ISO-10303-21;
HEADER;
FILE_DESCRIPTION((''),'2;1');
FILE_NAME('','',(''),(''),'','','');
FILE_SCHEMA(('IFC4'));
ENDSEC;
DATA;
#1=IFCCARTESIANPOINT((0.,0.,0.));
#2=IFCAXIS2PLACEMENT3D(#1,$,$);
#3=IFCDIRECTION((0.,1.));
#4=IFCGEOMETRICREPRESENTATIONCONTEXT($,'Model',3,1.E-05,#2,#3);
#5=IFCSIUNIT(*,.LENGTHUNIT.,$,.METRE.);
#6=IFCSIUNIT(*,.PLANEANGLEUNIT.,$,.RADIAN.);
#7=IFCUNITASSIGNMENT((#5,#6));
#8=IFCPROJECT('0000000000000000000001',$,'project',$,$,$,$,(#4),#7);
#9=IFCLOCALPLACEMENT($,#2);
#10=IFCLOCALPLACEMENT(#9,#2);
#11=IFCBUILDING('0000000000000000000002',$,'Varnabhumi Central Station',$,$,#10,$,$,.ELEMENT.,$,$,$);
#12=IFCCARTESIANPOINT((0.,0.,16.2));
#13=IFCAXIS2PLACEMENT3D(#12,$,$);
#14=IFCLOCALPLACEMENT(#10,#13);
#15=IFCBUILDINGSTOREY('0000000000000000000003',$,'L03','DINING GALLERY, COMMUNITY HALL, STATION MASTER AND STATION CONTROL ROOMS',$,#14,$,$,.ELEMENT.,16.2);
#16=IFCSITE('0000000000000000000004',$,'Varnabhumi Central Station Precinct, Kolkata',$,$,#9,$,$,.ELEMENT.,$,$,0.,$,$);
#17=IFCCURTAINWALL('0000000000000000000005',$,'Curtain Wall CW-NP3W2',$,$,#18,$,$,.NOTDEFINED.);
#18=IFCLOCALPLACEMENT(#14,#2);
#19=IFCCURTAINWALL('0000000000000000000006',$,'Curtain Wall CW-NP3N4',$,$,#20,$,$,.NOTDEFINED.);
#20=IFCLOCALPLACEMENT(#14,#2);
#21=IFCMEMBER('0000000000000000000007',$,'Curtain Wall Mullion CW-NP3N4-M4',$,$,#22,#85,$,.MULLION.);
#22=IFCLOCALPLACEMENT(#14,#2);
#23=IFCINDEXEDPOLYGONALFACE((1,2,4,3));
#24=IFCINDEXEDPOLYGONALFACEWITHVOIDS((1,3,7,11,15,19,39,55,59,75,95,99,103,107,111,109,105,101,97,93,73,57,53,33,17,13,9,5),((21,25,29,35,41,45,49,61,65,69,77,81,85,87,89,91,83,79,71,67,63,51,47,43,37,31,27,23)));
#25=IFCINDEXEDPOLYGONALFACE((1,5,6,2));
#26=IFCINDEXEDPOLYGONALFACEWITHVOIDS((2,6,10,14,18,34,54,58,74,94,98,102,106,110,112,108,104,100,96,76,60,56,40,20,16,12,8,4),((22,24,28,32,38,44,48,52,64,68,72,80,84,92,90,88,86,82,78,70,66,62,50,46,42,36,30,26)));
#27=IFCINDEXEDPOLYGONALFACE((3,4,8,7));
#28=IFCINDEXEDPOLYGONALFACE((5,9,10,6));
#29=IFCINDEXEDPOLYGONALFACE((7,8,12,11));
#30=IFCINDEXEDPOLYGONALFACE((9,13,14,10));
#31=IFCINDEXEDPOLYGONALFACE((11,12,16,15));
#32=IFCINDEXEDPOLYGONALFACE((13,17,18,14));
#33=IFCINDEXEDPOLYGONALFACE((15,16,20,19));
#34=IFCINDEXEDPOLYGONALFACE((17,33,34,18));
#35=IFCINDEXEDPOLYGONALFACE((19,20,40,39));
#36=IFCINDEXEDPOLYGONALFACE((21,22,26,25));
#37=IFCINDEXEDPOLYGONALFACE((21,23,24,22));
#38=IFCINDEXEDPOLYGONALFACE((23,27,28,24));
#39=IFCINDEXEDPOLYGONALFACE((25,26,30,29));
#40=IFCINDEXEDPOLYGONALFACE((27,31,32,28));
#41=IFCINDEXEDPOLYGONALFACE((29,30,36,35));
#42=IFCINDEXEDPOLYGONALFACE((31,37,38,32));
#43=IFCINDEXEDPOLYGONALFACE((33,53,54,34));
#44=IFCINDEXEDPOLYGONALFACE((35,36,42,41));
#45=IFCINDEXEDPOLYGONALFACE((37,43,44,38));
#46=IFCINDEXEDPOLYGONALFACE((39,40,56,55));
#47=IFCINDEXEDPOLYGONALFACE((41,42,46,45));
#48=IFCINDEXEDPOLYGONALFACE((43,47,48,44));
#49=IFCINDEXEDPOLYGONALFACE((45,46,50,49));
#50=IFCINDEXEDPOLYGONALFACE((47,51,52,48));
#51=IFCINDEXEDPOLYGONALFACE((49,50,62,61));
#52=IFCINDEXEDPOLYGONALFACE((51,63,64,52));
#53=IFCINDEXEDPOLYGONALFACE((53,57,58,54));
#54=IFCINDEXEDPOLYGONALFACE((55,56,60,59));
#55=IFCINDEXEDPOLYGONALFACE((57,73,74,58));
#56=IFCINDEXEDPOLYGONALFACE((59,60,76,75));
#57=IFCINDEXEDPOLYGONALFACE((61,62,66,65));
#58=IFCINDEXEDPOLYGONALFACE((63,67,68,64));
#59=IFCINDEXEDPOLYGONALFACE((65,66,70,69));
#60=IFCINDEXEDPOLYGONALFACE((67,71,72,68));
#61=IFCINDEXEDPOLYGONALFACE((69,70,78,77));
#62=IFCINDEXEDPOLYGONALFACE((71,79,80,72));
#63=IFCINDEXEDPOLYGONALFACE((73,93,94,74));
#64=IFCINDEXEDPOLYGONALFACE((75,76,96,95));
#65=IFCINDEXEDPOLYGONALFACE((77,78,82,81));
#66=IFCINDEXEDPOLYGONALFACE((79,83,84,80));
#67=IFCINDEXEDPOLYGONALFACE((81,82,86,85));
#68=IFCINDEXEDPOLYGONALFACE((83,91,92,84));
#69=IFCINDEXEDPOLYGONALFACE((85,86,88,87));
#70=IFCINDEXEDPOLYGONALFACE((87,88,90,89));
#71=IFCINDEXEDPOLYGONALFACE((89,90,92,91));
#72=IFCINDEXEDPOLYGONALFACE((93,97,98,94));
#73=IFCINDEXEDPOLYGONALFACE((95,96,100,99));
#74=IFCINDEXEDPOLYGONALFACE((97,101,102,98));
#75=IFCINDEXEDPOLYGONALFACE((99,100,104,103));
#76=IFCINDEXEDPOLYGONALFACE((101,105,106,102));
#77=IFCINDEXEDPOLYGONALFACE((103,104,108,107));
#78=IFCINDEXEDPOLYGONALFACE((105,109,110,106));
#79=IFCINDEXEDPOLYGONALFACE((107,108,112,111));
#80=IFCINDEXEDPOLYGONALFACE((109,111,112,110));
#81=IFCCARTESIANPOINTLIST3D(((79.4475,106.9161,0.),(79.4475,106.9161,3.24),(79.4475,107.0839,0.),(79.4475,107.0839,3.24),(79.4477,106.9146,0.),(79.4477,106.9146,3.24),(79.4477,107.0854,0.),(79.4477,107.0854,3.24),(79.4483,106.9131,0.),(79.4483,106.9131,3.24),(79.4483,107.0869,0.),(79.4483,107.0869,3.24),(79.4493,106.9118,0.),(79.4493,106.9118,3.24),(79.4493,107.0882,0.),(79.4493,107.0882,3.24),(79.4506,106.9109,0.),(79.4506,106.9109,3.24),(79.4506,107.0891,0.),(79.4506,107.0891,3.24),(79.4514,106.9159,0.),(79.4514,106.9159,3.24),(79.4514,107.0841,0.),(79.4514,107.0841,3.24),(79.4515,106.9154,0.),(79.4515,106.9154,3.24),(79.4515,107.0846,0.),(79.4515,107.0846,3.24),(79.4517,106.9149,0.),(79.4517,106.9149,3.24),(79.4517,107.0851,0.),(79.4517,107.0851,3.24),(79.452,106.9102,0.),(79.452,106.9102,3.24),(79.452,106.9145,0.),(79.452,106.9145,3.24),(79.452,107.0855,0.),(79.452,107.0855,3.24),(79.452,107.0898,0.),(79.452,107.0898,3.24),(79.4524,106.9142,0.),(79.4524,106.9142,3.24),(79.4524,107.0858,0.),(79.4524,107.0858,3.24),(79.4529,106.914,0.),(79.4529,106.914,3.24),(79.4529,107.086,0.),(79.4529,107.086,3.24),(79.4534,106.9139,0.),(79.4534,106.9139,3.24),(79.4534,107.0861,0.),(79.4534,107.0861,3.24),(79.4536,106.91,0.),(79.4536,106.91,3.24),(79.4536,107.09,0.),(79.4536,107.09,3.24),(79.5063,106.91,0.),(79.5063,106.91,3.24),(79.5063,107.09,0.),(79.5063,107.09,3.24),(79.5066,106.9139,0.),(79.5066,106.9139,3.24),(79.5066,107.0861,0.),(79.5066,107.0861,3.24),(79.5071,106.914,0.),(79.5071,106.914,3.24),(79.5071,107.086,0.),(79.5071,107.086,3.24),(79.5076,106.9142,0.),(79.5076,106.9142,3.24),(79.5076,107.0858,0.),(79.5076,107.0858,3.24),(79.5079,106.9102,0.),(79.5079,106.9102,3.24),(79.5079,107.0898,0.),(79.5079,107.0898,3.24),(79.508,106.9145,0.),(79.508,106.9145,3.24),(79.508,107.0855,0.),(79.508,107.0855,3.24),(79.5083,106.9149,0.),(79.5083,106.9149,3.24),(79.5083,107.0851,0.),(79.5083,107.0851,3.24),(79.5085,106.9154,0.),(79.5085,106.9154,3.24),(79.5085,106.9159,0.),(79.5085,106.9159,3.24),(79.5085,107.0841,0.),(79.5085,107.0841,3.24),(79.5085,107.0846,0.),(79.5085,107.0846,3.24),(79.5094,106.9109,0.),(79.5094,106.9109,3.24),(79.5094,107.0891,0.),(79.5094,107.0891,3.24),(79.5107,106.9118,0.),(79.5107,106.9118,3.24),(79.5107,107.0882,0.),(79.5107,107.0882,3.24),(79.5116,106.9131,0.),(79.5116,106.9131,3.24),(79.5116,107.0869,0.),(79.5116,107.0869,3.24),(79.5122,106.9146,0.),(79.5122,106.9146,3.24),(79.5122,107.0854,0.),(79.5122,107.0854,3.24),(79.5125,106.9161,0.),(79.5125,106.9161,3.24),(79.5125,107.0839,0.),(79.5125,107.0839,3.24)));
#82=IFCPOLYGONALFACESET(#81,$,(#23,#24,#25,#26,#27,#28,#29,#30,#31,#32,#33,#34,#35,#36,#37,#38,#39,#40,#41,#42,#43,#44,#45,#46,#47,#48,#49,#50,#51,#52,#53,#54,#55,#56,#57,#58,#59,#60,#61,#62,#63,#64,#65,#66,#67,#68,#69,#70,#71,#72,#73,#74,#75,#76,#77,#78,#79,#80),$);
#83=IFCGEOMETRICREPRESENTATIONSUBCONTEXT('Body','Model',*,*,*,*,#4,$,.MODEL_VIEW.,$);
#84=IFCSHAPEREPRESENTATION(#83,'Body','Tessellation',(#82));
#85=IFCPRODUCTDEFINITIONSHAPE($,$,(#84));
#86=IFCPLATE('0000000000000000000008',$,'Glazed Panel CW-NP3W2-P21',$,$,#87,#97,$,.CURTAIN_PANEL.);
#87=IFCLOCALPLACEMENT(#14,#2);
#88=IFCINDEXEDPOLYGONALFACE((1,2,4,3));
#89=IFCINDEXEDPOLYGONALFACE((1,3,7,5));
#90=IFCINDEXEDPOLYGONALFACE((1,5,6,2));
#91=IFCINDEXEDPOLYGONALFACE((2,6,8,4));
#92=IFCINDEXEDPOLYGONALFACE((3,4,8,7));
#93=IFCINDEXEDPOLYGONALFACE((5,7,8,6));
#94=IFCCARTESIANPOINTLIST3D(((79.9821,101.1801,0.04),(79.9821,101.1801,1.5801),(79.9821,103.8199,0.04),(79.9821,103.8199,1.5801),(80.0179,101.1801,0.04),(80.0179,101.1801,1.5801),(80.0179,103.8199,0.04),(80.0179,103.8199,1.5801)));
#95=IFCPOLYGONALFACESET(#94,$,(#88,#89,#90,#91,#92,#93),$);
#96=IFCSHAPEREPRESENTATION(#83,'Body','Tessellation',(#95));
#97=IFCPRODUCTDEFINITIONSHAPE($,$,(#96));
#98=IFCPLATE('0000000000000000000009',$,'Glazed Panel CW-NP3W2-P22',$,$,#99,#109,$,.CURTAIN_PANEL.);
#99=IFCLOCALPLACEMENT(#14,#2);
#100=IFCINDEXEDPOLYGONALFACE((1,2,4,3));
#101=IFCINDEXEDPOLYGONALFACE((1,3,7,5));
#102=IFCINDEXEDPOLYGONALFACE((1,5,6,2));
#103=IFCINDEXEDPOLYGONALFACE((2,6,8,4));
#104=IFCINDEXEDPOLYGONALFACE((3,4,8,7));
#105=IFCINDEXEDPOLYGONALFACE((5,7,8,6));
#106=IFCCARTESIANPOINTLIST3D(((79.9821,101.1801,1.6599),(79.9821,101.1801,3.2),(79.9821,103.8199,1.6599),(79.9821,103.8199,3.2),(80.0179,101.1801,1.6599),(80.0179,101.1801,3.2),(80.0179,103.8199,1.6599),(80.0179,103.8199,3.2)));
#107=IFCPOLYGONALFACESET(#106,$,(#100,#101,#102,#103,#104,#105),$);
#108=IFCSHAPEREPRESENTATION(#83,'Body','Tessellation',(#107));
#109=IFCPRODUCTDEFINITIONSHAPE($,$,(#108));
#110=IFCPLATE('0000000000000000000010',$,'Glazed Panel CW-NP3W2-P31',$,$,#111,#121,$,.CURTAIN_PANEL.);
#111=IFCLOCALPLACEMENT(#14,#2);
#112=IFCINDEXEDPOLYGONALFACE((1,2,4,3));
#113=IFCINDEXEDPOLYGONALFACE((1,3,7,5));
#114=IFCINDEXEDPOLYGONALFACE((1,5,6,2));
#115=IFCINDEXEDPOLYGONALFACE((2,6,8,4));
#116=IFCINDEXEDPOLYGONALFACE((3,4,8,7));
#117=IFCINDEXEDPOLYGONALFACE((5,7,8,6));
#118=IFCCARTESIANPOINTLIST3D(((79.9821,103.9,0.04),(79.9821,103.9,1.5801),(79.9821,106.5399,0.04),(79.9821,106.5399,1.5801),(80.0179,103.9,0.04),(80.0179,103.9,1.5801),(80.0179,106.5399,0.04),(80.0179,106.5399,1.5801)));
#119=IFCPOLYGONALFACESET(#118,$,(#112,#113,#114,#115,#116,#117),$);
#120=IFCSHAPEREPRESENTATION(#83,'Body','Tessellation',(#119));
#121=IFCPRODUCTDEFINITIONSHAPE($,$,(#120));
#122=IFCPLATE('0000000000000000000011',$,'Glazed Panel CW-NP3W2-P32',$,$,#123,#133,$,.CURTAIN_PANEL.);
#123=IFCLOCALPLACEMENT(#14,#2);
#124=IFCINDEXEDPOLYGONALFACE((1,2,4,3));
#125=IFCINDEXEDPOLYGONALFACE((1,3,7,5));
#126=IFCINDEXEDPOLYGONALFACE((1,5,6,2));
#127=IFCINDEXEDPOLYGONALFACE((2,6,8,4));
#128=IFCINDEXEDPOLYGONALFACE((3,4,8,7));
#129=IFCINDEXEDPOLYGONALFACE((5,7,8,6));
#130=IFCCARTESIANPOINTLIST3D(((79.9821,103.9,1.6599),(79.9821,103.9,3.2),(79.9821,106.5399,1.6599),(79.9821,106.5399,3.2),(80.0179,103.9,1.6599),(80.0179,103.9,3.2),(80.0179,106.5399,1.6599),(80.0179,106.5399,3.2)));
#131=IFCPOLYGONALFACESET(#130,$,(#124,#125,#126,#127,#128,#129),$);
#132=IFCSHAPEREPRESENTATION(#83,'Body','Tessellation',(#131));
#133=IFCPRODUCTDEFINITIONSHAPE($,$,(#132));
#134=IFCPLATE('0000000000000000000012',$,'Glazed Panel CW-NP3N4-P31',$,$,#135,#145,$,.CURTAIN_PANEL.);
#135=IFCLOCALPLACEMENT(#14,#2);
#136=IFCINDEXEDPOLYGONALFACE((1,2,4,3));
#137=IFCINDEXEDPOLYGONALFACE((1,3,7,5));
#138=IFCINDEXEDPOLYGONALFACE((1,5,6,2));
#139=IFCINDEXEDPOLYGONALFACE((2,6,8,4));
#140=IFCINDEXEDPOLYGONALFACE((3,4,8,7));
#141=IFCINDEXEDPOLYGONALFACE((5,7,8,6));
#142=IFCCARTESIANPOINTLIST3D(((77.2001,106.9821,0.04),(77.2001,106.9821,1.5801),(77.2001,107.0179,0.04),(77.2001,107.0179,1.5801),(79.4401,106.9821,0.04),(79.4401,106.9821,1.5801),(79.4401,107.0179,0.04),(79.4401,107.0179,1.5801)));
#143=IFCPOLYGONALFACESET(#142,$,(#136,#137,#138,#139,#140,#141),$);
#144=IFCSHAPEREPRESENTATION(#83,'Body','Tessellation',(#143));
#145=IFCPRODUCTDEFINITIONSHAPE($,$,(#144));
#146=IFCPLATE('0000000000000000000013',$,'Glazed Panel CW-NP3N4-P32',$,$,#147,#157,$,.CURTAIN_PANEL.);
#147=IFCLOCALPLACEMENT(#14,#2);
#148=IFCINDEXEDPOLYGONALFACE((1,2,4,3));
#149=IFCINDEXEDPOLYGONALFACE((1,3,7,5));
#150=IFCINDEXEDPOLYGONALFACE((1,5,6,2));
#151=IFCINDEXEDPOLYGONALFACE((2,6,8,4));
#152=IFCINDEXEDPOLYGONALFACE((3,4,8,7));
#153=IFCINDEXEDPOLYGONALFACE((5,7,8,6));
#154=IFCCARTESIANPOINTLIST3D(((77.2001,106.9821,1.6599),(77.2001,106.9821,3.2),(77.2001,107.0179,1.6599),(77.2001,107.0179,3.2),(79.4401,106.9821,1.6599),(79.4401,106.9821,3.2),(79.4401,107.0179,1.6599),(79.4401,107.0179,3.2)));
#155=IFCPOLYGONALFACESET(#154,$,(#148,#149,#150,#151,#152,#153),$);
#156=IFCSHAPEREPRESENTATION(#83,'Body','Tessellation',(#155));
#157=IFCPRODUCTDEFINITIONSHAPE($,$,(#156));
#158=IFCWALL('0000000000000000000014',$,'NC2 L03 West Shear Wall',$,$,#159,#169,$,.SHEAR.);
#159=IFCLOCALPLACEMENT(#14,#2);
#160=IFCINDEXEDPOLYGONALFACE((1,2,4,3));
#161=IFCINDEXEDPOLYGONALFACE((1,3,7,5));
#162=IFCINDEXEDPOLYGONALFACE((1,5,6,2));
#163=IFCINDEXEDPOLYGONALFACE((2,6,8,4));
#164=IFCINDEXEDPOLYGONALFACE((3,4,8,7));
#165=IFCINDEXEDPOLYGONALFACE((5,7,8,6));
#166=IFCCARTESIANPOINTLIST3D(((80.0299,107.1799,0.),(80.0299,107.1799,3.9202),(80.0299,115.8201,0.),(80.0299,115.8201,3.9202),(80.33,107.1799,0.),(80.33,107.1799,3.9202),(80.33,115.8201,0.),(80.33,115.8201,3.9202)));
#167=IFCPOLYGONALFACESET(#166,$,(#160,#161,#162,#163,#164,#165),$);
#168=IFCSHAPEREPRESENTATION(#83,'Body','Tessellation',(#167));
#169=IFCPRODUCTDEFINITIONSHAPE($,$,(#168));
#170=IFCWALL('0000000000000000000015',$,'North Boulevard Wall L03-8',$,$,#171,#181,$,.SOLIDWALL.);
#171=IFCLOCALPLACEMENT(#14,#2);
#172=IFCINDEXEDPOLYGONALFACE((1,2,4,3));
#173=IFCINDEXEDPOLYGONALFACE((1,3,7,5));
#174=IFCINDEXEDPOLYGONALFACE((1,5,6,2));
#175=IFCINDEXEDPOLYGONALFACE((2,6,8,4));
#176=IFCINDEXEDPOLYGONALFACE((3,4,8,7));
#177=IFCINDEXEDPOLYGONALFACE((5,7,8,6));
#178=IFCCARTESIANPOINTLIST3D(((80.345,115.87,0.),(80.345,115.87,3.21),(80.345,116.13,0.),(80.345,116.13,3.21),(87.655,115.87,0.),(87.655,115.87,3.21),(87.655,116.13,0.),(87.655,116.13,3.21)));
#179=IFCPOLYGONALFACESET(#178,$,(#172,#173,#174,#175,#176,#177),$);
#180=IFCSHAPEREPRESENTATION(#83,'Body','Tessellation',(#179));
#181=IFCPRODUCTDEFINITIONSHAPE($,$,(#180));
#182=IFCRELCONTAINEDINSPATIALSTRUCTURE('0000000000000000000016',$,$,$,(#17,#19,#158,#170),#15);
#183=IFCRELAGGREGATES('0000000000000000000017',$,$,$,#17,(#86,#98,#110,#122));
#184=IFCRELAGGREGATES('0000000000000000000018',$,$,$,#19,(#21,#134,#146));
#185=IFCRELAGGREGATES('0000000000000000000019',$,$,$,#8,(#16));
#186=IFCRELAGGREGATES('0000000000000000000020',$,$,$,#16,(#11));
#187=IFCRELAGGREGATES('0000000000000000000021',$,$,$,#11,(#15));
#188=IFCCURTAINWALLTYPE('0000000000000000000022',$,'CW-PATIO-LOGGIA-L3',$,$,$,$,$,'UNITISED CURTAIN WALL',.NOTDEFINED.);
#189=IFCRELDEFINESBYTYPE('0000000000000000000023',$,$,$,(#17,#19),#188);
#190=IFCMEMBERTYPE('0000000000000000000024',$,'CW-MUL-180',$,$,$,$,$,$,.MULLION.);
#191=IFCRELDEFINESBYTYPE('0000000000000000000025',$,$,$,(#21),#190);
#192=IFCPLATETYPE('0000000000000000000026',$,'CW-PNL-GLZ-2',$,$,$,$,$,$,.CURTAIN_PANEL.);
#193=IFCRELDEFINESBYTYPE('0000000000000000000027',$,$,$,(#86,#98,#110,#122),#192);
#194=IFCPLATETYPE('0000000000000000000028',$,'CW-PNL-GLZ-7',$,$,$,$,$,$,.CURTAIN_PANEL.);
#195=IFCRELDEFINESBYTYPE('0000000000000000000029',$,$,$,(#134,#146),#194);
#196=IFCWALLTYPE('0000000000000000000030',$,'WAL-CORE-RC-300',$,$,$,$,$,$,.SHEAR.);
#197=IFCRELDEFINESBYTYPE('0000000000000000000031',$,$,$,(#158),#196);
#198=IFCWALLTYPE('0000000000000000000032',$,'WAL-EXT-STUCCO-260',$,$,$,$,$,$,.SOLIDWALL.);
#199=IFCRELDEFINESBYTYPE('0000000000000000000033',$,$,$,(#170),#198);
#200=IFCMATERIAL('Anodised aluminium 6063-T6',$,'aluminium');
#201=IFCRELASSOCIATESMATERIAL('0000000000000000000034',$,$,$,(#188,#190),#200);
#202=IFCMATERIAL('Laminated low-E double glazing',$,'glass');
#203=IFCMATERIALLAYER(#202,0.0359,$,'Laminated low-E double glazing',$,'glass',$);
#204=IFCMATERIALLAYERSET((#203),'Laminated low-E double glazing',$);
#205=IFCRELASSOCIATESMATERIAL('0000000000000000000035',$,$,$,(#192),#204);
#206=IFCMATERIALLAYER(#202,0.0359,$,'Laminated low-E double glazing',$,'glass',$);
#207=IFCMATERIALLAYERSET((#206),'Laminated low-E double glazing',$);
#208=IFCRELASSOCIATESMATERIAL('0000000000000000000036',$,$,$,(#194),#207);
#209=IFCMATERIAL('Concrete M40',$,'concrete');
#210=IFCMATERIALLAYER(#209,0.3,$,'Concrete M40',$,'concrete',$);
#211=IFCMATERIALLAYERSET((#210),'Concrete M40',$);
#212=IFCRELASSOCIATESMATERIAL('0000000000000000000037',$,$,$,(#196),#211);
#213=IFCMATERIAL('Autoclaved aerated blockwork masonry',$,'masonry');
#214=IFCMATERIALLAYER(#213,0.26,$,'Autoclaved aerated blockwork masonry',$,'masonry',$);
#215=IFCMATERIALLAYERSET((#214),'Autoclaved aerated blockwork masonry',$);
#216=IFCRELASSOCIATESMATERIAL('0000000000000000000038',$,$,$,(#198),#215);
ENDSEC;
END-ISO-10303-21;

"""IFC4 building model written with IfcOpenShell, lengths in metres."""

from ifc_helpers import new_model, si_unit, direction, frame, frame_2d, origin, origin_2d, place, context, subcontext, project, spatial, rectangle, hollow_rectangle, extrude, material, layer, layer_set, material_profile, profile_set, type_object, element, aggregate, save


model = new_model("IFC4")

# Units and contexts
model_context = context("Model", 3, precision=1e-05, world=origin(), true_north=direction((0.0, 1.0)))
body_context = subcontext(model_context, "Body", "Model", "MODEL_VIEW")
ifc_project = project(units=[si_unit("LENGTHUNIT", "METRE"), si_unit("PLANEANGLEUNIT", "RADIAN")], contexts=[model_context])

# Site, building, storey
site_placement = place(None, origin())
site = spatial("IfcSite", under=ifc_project, at=site_placement, Name="Varnabhumi Central Station Precinct, Kolkata", CompositionType="ELEMENT", RefElevation=0.0)
building_placement = place(site_placement, origin())
building = spatial("IfcBuilding", under=site, at=building_placement, Name="Varnabhumi Central Station", CompositionType="ELEMENT")
storey_placement = place(building_placement, frame((0.0, 0.0, 16.2)))
storey = spatial("IfcBuildingStorey", under=building, at=storey_placement, Name="L03", Description="DINING GALLERY, COMMUNITY HALL, STATION MASTER AND STATION CONTROL ROOMS", CompositionType="ELEMENT", Elevation=16.2)

# Shared definitions
ifc_material_1 = material(Name="Concrete M40", Category="concrete")

# Curtain walls, member
ifc_material_2 = material(Name="Anodised aluminium 6063-T6", Category="aluminium")
curtain_wall_type = type_object("IfcCurtainWallType", Name="CW-PATIO-LOGGIA-L3", ElementType="UNITISED CURTAIN WALL", PredefinedType="NOTDEFINED", material=ifc_material_2)
curtain_wall_1_placement = place(storey_placement, origin())
curtain_wall_1 = element("IfcCurtainWall", 1, at=curtain_wall_1_placement, inside=storey, type_object=curtain_wall_type, Name="Curtain Wall CW-NP3W2", PredefinedType="NOTDEFINED")
ifc_material_profile_1 = material_profile(ifc_material_2, hollow_rectangle(XDim=0.0649, YDim=0.1799, WallThickness=0.0039, InnerFilletRadius=0.002, OuterFilletRadius=0.0061, at=origin_2d()), Name="Anodised aluminium 6063-T6", Category="aluminium")
ifc_profile_set_1 = profile_set([ifc_material_profile_1], Name="Anodised aluminium 6063-T6")
member_type = type_object("IfcMemberType", Name="CW-MUL-180", PredefinedType="MULLION", material=ifc_profile_set_1)
curtain_wall_2_placement = place(storey_placement, origin())
curtain_wall_2 = element("IfcCurtainWall", 2, at=curtain_wall_2_placement, inside=storey, type_object=curtain_wall_type, Name="Curtain Wall CW-NP3N4", PredefinedType="NOTDEFINED")
member_1_placement = place(storey_placement, frame((79.48, 107.0, 0.0), z_axis=(0.0, 0.0, 1.0), x_axis=(1.0, 0.0, 0.0)))
member_1 = element("IfcMember", 3, at=member_1_placement, type_object=member_type, Name="Curtain Wall Mullion CW-NP3N4-M4", PredefinedType="MULLION", context=body_context, shape_type="SweptSolid", body=[
    extrude(hollow_rectangle(XDim=0.0649, YDim=0.1799, WallThickness=0.0039, InnerFilletRadius=0.002, OuterFilletRadius=0.0061, at=origin_2d()), origin(), (0.0, 0.0, 1.0), 3.24),
])

# Plates
ifc_material_3 = material(Name="Laminated low-E double glazing", Category="glass")
ifc_layer_1 = layer(ifc_material_3, 0.0359, Name="Laminated low-E double glazing", Category="glass")
ifc_layer_set_1 = layer_set([ifc_layer_1], Name="Laminated low-E double glazing")
plate_type_1 = type_object("IfcPlateType", Name="CW-PNL-GLZ-2", PredefinedType="CURTAIN_PANEL", material=ifc_layer_set_1)
plate_1_placement = place(storey_placement, frame((80.0, 102.5, 0.04), z_axis=(0.0, 0.0, 1.0), x_axis=(0.0, 1.0, 0.0)))
plate_1 = element("IfcPlate", 4, at=plate_1_placement, type_object=plate_type_1, Name="Glazed Panel CW-NP3W2-P21", PredefinedType="CURTAIN_PANEL", context=body_context, shape_type="SweptSolid", body=[
    extrude(rectangle(XDim=2.6399, YDim=0.0359, at=origin_2d()), origin(), (0.0, 0.0, 1.0), 1.54),
])
plate_2_placement = place(storey_placement, frame((80.0, 102.5, 1.6599), z_axis=(0.0, 0.0, 1.0), x_axis=(0.0, 1.0, 0.0)))
plate_2 = element("IfcPlate", 5, at=plate_2_placement, type_object=plate_type_1, Name="Glazed Panel CW-NP3W2-P22", PredefinedType="CURTAIN_PANEL", context=body_context, shape_type="SweptSolid", body=[
    extrude(rectangle(XDim=2.6399, YDim=0.0359, at=origin_2d()), origin(), (0.0, 0.0, 1.0), 1.54),
])
plate_3_placement = place(storey_placement, frame((80.0, 105.22, 0.04), z_axis=(0.0, 0.0, 1.0), x_axis=(0.0, 1.0, 0.0)))
plate_3 = element("IfcPlate", 6, at=plate_3_placement, type_object=plate_type_1, Name="Glazed Panel CW-NP3W2-P31", PredefinedType="CURTAIN_PANEL", context=body_context, shape_type="SweptSolid", body=[
    extrude(rectangle(XDim=2.6399, YDim=0.0359, at=origin_2d()), origin(), (0.0, 0.0, 1.0), 1.54),
])
plate_4_placement = place(storey_placement, frame((80.0, 105.22, 1.6599), z_axis=(0.0, 0.0, 1.0), x_axis=(0.0, 1.0, 0.0)))
plate_4 = element("IfcPlate", 7, at=plate_4_placement, type_object=plate_type_1, Name="Glazed Panel CW-NP3W2-P32", PredefinedType="CURTAIN_PANEL", context=body_context, shape_type="SweptSolid", body=[
    extrude(rectangle(XDim=2.6399, YDim=0.0359, at=origin_2d()), origin(), (0.0, 0.0, 1.0), 1.54),
])
aggregate(curtain_wall_1, [plate_1, plate_2, plate_3, plate_4])
ifc_layer_2 = layer(ifc_material_3, 0.0359, Name="Laminated low-E double glazing", Category="glass")
ifc_layer_set_2 = layer_set([ifc_layer_2], Name="Laminated low-E double glazing")
plate_type_2 = type_object("IfcPlateType", Name="CW-PNL-GLZ-7", PredefinedType="CURTAIN_PANEL", material=ifc_layer_set_2)
plate_5_placement = place(storey_placement, frame((78.3201, 107.0, 0.04), z_axis=(0.0, 0.0, 1.0), x_axis=(1.0, 0.0, 0.0)))
plate_5 = element("IfcPlate", 8, at=plate_5_placement, type_object=plate_type_2, Name="Glazed Panel CW-NP3N4-P31", PredefinedType="CURTAIN_PANEL", context=body_context, shape_type="SweptSolid", body=[
    extrude(rectangle(XDim=2.24, YDim=0.0359, at=origin_2d()), origin(), (0.0, 0.0, 1.0), 1.54),
])
plate_6_placement = place(storey_placement, frame((78.3201, 107.0, 1.6599), z_axis=(0.0, 0.0, 1.0), x_axis=(1.0, 0.0, 0.0)))
plate_6 = element("IfcPlate", 9, at=plate_6_placement, type_object=plate_type_2, Name="Glazed Panel CW-NP3N4-P32", PredefinedType="CURTAIN_PANEL", context=body_context, shape_type="SweptSolid", body=[
    extrude(rectangle(XDim=2.24, YDim=0.0359, at=origin_2d()), origin(), (0.0, 0.0, 1.0), 1.54),
])
aggregate(curtain_wall_2, [member_1, plate_5, plate_6])

# Wall
ifc_layer_3 = layer(ifc_material_1, 0.3, Name="Concrete M40", Category="concrete")
ifc_layer_set_3 = layer_set([ifc_layer_3], Name="Concrete M40")
wall_type_1 = type_object("IfcWallType", Name="WAL-CORE-RC-300", PredefinedType="SHEAR", material=ifc_layer_set_3)
wall_1_placement = place(storey_placement, frame((80.1799, 107.1799, 0.0), z_axis=(0.0, 0.0, 1.0), x_axis=(0.0, 1.0, 0.0)))
element("IfcWall", 10, at=wall_1_placement, inside=storey, type_object=wall_type_1, Name="NC2 L03 West Shear Wall", PredefinedType="SHEAR", context=body_context, shape_type="SweptSolid", body=[
    extrude(rectangle(XDim=8.6401, YDim=0.3, at=frame_2d((4.3201, 0.0))), origin(), (0.0, 0.0, 1.0), 3.9202),
])

# Wall
ifc_material_4 = material(Name="Autoclaved aerated blockwork masonry", Category="masonry")
ifc_layer_4 = layer(ifc_material_4, 0.26, Name="Autoclaved aerated blockwork masonry", Category="masonry")
ifc_layer_set_4 = layer_set([ifc_layer_4], Name="Autoclaved aerated blockwork masonry")
wall_type_2 = type_object("IfcWallType", Name="WAL-EXT-STUCCO-260", PredefinedType="SOLIDWALL", material=ifc_layer_set_4)
wall_2_placement = place(storey_placement, frame((80.345, 116.0, 0.0), z_axis=(0.0, 0.0, 1.0), x_axis=(1.0, 0.0, 0.0)))
element("IfcWall", 11, at=wall_2_placement, inside=storey, type_object=wall_type_2, Name="North Boulevard Wall L03-8", PredefinedType="SOLIDWALL", context=body_context, shape_type="SweptSolid", body=[
    extrude(rectangle(XDim=7.3101, YDim=0.26, at=frame_2d((3.655, 0.0))), origin(), (0.0, 0.0, 1.0), 3.21),
])

save(model, "model.ifc")
